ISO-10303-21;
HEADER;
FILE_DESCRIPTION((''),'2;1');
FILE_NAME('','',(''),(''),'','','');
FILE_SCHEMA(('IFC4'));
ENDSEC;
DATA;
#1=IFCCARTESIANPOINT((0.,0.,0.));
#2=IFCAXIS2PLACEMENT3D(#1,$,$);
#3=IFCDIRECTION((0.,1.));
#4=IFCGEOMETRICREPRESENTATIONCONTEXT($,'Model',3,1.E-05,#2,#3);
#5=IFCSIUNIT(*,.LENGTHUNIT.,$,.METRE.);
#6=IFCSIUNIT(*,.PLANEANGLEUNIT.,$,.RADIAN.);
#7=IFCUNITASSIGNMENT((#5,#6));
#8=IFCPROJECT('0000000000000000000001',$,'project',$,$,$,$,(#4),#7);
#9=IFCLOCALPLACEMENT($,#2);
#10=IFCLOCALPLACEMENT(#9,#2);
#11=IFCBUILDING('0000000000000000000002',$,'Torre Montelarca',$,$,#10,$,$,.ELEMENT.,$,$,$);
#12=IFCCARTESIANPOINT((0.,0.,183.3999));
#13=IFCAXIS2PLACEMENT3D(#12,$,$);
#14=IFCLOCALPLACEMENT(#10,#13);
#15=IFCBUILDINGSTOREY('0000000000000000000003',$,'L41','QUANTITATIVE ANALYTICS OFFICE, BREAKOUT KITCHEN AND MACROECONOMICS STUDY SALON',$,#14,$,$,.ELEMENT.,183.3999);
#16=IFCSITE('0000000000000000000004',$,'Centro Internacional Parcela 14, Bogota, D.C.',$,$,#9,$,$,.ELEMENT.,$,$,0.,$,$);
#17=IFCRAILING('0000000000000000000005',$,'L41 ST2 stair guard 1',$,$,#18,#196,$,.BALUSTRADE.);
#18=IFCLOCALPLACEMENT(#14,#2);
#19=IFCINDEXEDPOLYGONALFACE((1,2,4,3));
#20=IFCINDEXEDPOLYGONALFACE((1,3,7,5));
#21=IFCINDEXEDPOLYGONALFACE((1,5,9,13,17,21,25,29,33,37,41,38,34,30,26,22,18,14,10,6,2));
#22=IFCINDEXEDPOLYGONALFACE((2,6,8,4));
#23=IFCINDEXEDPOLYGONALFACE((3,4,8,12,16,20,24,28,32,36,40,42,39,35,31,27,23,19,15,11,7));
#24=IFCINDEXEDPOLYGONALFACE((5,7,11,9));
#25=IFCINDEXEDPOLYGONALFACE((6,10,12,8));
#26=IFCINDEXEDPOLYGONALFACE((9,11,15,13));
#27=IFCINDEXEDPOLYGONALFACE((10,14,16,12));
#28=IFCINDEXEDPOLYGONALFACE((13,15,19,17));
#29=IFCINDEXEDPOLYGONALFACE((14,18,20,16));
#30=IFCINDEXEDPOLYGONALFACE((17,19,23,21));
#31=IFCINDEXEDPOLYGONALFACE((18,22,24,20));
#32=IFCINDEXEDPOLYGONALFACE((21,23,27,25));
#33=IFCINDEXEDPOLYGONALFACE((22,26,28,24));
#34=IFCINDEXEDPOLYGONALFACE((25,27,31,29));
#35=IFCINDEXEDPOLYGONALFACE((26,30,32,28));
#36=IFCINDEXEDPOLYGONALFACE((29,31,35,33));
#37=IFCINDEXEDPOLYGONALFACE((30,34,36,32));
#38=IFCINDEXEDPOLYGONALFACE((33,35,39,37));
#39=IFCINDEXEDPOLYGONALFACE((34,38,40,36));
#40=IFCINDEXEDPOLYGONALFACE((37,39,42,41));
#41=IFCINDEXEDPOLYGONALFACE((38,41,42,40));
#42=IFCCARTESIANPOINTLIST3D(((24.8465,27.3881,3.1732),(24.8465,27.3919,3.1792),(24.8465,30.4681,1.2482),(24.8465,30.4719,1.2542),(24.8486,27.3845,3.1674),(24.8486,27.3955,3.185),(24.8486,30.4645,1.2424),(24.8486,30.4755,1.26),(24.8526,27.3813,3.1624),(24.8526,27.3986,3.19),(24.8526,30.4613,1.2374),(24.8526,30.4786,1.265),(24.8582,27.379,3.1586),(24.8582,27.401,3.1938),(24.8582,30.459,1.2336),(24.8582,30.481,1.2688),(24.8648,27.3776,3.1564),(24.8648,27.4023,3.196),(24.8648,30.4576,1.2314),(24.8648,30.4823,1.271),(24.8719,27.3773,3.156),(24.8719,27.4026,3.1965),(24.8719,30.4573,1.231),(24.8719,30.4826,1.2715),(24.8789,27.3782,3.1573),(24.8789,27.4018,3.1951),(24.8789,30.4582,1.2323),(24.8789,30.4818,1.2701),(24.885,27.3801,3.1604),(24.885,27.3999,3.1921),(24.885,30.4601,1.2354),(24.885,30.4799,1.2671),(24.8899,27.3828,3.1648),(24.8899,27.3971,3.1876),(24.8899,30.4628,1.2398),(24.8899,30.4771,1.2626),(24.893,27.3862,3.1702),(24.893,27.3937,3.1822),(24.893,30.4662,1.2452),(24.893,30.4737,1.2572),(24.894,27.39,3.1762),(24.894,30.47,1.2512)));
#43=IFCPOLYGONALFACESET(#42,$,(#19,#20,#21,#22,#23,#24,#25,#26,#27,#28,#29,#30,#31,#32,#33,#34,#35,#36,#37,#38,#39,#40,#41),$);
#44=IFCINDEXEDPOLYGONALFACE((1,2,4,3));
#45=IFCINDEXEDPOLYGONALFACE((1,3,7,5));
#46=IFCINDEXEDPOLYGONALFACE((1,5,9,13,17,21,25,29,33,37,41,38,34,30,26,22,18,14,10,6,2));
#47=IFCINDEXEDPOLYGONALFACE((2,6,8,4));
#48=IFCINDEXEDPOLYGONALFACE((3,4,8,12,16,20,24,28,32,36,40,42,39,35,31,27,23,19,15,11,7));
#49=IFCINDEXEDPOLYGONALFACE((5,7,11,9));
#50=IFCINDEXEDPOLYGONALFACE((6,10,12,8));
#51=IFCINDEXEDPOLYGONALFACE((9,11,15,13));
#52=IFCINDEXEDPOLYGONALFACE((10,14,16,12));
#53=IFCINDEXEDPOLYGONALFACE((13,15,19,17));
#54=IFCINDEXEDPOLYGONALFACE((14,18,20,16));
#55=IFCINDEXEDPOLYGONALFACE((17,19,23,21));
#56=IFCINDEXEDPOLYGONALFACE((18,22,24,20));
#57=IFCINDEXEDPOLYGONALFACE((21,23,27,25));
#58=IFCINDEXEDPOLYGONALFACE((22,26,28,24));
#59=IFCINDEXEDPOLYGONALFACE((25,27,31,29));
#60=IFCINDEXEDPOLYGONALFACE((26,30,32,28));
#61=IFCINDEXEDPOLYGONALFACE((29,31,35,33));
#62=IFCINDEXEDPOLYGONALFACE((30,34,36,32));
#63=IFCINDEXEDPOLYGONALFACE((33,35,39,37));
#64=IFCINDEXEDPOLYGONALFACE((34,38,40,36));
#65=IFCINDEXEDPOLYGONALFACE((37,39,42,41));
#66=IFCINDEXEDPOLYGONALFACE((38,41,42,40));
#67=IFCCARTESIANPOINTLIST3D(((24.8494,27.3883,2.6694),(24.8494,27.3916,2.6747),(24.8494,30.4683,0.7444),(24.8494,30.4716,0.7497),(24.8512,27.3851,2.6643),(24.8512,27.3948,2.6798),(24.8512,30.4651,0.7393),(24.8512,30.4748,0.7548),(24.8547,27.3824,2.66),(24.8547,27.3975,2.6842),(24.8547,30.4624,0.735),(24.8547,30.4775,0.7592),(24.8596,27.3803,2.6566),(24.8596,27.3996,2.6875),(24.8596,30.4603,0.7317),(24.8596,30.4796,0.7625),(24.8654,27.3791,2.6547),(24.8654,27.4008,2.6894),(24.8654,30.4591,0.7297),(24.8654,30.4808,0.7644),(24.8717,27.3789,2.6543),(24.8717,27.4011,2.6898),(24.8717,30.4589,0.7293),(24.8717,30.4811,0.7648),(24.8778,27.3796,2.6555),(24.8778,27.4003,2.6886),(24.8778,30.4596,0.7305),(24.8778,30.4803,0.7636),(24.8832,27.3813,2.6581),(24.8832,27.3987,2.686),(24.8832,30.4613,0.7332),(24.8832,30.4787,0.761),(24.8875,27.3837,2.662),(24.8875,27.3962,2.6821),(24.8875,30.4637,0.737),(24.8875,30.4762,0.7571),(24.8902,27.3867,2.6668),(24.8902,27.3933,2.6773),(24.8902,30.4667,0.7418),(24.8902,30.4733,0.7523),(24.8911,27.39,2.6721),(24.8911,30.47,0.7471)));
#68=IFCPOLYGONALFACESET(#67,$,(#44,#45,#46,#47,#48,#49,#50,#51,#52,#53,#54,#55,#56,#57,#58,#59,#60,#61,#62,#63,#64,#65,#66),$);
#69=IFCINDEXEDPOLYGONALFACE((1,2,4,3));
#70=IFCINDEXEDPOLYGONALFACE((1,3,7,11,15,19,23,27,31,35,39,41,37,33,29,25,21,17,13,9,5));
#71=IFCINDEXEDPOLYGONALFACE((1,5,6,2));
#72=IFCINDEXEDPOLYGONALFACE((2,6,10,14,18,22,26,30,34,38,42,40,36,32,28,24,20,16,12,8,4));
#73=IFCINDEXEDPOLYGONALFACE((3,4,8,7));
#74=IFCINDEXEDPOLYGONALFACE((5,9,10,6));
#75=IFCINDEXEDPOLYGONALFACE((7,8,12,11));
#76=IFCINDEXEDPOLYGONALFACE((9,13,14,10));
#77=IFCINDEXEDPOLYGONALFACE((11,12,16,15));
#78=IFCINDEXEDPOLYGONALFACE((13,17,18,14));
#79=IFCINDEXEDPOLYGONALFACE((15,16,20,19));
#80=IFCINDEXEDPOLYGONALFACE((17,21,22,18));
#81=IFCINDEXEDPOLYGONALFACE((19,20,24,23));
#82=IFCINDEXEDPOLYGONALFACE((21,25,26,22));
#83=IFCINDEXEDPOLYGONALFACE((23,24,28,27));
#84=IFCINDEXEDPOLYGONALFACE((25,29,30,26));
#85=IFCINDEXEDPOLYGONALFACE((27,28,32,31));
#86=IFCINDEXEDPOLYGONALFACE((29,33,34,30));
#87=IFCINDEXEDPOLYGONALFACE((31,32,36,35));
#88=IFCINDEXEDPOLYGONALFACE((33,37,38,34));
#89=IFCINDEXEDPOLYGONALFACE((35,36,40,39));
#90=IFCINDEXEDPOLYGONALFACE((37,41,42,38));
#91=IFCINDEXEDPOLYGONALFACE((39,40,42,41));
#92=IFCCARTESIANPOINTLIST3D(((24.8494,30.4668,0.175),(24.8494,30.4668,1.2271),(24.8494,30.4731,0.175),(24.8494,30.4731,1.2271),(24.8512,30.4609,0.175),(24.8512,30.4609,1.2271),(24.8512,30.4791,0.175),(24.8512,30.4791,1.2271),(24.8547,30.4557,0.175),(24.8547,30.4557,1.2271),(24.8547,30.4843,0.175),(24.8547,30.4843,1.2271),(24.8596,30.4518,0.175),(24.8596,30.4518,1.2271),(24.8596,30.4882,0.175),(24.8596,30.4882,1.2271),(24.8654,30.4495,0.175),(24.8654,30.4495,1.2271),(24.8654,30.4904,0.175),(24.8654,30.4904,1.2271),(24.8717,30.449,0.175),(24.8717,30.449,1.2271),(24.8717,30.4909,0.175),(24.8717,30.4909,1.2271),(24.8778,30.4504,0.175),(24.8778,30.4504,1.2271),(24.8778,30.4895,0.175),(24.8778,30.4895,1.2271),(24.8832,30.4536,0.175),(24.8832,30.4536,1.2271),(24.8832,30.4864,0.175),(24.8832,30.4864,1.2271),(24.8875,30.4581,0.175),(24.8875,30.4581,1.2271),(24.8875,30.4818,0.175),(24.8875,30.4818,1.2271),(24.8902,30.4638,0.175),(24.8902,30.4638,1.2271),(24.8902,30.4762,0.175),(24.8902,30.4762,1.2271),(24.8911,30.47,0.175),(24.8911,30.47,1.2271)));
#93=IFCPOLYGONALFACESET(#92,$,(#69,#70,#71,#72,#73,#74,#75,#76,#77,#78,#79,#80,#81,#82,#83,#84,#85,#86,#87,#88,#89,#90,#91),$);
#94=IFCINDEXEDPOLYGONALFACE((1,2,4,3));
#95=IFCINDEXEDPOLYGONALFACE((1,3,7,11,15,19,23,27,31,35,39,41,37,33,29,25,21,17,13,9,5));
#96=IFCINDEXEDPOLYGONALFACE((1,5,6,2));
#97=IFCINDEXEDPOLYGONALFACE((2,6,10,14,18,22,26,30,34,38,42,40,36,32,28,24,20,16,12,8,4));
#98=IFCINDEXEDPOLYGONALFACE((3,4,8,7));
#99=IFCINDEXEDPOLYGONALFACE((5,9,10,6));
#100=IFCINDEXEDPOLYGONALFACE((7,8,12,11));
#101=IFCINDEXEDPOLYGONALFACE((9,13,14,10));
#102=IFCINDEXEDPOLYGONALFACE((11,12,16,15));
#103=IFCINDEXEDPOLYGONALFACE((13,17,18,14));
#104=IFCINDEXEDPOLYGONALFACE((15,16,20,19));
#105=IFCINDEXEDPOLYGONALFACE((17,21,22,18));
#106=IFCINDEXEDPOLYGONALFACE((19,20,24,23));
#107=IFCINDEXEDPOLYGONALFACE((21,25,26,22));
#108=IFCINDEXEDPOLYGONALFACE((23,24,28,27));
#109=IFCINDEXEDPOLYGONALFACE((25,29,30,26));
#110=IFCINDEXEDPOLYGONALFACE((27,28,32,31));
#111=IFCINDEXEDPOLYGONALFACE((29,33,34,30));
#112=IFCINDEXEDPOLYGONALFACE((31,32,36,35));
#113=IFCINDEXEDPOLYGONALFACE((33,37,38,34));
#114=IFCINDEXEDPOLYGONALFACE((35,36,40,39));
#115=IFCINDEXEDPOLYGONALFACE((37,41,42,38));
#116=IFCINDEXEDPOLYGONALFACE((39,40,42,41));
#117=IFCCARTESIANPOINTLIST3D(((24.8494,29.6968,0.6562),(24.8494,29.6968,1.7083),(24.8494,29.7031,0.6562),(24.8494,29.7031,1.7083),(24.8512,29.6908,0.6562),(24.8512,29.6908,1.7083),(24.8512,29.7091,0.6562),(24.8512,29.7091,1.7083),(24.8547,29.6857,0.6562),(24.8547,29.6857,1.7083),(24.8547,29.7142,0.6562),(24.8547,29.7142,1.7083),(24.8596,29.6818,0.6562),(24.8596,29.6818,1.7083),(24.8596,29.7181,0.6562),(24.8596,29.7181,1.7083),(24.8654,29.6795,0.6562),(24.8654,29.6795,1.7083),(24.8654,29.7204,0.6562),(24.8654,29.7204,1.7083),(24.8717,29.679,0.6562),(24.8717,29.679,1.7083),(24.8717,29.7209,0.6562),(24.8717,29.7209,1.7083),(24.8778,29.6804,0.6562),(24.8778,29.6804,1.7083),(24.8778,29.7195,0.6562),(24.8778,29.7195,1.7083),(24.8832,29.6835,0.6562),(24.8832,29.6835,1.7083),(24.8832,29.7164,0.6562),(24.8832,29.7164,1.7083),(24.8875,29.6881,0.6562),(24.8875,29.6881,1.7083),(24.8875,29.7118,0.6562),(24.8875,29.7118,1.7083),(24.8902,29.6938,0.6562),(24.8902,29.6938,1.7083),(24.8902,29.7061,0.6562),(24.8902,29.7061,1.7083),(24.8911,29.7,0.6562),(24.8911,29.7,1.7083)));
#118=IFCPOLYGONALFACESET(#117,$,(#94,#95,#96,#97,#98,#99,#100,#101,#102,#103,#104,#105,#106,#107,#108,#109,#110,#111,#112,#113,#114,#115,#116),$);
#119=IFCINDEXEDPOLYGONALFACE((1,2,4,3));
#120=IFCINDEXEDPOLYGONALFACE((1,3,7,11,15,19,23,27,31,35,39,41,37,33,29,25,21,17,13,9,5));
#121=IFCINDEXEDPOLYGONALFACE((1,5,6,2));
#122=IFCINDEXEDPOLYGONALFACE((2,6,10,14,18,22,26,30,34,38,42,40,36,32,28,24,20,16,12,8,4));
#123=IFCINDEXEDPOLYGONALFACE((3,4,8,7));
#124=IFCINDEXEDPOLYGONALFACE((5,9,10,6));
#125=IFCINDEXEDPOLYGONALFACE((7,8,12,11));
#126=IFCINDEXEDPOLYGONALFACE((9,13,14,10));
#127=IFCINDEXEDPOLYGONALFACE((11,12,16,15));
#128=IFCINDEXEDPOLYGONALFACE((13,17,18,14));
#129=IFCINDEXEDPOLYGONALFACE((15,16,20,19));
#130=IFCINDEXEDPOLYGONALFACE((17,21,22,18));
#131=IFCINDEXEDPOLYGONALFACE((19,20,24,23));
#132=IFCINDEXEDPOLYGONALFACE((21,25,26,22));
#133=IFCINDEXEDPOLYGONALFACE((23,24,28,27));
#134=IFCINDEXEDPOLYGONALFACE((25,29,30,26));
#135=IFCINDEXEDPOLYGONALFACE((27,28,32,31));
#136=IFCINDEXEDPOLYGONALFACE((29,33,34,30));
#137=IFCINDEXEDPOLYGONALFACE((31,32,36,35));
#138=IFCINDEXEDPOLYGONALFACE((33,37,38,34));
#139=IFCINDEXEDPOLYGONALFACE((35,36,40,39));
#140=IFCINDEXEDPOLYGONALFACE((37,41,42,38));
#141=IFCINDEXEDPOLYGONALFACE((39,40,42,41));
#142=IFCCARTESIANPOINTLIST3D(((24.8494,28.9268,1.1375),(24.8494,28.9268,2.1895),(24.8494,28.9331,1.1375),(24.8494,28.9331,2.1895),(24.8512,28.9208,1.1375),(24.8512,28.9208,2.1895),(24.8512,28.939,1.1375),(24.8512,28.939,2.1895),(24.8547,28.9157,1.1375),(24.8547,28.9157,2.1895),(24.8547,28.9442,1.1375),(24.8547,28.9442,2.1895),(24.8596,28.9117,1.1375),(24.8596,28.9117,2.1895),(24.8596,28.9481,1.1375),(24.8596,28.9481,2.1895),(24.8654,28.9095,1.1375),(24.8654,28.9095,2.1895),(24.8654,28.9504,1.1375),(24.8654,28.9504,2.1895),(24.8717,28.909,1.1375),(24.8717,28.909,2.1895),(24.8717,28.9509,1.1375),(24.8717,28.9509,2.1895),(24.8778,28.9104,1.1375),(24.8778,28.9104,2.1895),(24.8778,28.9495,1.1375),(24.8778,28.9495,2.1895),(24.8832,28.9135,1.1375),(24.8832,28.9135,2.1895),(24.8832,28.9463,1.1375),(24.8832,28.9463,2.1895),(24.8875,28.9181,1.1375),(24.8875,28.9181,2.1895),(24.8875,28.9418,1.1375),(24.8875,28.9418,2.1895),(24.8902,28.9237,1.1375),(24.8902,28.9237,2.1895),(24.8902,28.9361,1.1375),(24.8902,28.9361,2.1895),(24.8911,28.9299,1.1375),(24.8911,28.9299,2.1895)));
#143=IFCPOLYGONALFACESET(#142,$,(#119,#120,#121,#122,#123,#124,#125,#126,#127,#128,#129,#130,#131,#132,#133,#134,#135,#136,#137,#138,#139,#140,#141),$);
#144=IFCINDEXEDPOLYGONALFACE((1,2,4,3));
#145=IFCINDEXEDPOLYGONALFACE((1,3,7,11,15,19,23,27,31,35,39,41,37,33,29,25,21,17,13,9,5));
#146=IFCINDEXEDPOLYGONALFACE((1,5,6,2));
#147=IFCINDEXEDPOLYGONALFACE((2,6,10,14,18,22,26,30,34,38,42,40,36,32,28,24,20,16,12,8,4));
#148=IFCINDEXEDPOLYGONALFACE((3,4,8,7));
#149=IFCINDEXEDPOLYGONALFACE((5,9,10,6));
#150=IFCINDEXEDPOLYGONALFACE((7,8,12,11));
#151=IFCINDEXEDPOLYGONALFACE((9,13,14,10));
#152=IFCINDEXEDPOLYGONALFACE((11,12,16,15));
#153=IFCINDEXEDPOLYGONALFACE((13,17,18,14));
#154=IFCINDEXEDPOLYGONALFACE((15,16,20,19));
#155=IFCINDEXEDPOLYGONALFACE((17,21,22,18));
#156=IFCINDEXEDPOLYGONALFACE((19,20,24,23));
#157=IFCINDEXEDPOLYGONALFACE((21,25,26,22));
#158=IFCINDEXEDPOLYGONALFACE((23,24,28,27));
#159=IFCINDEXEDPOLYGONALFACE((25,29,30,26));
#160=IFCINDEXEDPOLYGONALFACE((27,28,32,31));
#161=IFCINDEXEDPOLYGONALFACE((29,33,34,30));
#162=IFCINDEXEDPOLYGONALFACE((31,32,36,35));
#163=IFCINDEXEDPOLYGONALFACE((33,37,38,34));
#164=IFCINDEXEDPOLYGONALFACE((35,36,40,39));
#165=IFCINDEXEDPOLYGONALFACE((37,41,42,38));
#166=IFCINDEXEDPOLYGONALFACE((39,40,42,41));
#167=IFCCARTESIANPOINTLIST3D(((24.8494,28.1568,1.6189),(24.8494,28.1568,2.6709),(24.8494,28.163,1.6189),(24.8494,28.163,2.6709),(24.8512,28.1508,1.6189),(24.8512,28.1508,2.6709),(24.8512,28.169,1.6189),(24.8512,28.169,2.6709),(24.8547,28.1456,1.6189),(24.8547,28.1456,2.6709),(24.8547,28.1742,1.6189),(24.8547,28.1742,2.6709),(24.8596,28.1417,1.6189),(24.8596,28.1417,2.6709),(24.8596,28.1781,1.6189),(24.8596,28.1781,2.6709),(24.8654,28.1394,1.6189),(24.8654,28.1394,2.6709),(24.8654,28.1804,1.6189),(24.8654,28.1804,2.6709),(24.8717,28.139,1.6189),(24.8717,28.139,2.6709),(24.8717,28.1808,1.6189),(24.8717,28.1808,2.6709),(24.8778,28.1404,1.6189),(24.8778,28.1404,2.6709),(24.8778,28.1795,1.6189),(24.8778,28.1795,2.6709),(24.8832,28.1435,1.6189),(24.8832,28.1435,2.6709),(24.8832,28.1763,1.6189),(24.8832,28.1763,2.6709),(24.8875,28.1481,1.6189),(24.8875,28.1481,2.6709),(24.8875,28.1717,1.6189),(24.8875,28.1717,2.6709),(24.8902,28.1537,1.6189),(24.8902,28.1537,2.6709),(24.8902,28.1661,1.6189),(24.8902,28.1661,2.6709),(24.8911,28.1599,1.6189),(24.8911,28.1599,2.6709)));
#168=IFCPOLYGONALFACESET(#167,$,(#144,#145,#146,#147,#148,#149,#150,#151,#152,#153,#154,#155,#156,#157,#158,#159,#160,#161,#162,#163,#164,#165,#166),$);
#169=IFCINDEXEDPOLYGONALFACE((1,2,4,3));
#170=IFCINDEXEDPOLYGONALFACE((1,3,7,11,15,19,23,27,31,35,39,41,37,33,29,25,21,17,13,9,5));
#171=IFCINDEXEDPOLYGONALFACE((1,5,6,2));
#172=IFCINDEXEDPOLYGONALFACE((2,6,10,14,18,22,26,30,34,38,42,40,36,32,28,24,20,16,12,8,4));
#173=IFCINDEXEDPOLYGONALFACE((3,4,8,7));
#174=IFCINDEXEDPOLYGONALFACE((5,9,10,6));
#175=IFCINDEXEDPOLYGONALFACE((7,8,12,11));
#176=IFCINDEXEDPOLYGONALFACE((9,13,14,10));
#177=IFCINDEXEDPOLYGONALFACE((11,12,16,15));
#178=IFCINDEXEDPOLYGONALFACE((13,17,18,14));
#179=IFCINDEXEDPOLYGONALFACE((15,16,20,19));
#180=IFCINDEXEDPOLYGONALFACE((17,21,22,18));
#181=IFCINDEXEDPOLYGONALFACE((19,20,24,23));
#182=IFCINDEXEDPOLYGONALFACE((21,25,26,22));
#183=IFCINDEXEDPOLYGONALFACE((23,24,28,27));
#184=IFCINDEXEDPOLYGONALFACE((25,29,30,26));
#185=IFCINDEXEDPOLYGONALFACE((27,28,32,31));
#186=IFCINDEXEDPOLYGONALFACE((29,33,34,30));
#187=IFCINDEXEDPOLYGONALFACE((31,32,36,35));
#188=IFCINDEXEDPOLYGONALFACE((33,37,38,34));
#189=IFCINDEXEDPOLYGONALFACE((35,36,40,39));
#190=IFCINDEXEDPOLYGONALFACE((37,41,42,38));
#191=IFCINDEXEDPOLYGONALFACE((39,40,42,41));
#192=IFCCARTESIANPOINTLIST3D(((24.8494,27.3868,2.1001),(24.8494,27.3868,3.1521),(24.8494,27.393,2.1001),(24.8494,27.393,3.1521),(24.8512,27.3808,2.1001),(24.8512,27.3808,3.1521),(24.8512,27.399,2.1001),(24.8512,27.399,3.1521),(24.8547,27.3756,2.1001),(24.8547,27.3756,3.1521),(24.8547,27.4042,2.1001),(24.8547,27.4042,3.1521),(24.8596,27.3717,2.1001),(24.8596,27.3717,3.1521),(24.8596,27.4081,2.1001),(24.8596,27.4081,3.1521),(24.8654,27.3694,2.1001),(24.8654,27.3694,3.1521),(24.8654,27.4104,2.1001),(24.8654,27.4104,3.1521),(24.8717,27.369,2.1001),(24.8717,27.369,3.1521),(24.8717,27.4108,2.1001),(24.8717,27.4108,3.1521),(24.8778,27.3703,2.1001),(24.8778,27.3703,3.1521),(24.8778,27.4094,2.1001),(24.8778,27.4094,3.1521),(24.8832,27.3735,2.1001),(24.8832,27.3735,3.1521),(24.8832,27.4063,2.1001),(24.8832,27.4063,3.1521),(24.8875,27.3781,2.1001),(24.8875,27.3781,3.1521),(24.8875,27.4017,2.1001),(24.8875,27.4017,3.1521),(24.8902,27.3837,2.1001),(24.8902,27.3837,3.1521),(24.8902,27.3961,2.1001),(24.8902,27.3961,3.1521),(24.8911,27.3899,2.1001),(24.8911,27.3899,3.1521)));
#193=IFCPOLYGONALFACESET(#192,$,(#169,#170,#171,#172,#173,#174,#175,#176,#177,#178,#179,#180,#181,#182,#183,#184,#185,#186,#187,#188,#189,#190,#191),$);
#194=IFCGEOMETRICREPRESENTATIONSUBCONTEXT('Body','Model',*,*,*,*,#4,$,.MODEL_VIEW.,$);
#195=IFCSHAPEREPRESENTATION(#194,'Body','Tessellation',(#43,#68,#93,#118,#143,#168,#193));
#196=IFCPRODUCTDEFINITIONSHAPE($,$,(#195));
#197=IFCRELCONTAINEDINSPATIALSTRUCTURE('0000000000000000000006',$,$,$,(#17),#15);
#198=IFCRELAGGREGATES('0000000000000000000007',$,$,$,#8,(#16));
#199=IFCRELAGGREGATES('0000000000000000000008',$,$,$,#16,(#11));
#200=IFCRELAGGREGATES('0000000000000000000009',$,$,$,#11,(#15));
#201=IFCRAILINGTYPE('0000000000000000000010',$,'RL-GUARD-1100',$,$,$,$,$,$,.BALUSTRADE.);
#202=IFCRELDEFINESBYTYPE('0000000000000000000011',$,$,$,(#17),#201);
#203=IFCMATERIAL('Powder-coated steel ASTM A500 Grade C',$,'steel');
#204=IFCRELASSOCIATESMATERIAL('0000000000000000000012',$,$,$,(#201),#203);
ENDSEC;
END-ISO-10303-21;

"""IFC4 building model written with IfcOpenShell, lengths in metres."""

from ifc_helpers import new_model, si_unit, direction, frame, origin, origin_2d, place, context, subcontext, project, spatial, circle, extrude, material, type_object, element, save


model = new_model("IFC4")

# Units and contexts
model_context = context("Model", 3, precision=1e-05, world=origin(), true_north=direction((0.0, 1.0)))
body_context = subcontext(model_context, "Body", "Model", "MODEL_VIEW")
ifc_project = project(units=[si_unit("LENGTHUNIT", "METRE"), si_unit("PLANEANGLEUNIT", "RADIAN")], contexts=[model_context])

# Site, building, storey
site_placement = place(None, origin())
site = spatial("IfcSite", under=ifc_project, at=site_placement, Name="Centro Internacional Parcela 14, Bogota, D.C.", CompositionType="ELEMENT", RefElevation=0.0)
building_placement = place(site_placement, origin())
building = spatial("IfcBuilding", under=site, at=building_placement, Name="Torre Montelarca", CompositionType="ELEMENT")
storey_placement = place(building_placement, frame((0.0, 0.0, 183.3999)))
storey = spatial("IfcBuildingStorey", under=building, at=storey_placement, Name="L41", Description="QUANTITATIVE ANALYTICS OFFICE, BREAKOUT KITCHEN AND MACROECONOMICS STUDY SALON", CompositionType="ELEMENT", Elevation=183.3999)

# Railing
ifc_material_1 = material(Name="Powder-coated steel ASTM A500 Grade C", Category="steel")
railing_type_1 = type_object("IfcRailingType", Name="RL-GUARD-1100", PredefinedType="BALUSTRADE", material=ifc_material_1)
railing_1_placement = place(storey_placement, frame((24.8701, 30.47, 0.175)))
element("IfcRailing", 1, at=railing_1_placement, inside=storey, type_object=railing_type_1, Name="L41 ST2 stair guard 1", PredefinedType="BALUSTRADE", context=body_context, shape_type="SweptSolid", body=[
    extrude(circle(Radius=0.0239, at=origin_2d()), frame((0.0, 0.0, 1.0762), z_axis=(0.0, -0.847998, 0.529999), x_axis=(1.0, 0.0, 0.0)), (0.0, 0.0, 1.0), 3.6321),
    extrude(circle(Radius=0.021, at=origin_2d()), frame((0.0, 0.0, 0.572), z_axis=(0.0, -0.847998, 0.529999), x_axis=(1.0, 0.0, 0.0)), (0.0, 0.0, 1.0), 3.6321),
    extrude(circle(Radius=0.021, at=origin_2d()), origin(), (0.0, 0.0, 1.0), 1.052),
    extrude(circle(Radius=0.021, at=origin_2d()), frame((0.0, -0.77, 0.4812)), (0.0, 0.0, 1.0), 1.052),
    extrude(circle(Radius=0.021, at=origin_2d()), frame((0.0, -1.54, 0.9624)), (0.0, 0.0, 1.0), 1.052),
    extrude(circle(Radius=0.021, at=origin_2d()), frame((0.0, -2.3101, 1.4438)), (0.0, 0.0, 1.0), 1.052),
    extrude(circle(Radius=0.021, at=origin_2d()), frame((0.0, -3.0801, 1.925)), (0.0, 0.0, 1.0), 1.052),
])

save(model, "model.ifc")
